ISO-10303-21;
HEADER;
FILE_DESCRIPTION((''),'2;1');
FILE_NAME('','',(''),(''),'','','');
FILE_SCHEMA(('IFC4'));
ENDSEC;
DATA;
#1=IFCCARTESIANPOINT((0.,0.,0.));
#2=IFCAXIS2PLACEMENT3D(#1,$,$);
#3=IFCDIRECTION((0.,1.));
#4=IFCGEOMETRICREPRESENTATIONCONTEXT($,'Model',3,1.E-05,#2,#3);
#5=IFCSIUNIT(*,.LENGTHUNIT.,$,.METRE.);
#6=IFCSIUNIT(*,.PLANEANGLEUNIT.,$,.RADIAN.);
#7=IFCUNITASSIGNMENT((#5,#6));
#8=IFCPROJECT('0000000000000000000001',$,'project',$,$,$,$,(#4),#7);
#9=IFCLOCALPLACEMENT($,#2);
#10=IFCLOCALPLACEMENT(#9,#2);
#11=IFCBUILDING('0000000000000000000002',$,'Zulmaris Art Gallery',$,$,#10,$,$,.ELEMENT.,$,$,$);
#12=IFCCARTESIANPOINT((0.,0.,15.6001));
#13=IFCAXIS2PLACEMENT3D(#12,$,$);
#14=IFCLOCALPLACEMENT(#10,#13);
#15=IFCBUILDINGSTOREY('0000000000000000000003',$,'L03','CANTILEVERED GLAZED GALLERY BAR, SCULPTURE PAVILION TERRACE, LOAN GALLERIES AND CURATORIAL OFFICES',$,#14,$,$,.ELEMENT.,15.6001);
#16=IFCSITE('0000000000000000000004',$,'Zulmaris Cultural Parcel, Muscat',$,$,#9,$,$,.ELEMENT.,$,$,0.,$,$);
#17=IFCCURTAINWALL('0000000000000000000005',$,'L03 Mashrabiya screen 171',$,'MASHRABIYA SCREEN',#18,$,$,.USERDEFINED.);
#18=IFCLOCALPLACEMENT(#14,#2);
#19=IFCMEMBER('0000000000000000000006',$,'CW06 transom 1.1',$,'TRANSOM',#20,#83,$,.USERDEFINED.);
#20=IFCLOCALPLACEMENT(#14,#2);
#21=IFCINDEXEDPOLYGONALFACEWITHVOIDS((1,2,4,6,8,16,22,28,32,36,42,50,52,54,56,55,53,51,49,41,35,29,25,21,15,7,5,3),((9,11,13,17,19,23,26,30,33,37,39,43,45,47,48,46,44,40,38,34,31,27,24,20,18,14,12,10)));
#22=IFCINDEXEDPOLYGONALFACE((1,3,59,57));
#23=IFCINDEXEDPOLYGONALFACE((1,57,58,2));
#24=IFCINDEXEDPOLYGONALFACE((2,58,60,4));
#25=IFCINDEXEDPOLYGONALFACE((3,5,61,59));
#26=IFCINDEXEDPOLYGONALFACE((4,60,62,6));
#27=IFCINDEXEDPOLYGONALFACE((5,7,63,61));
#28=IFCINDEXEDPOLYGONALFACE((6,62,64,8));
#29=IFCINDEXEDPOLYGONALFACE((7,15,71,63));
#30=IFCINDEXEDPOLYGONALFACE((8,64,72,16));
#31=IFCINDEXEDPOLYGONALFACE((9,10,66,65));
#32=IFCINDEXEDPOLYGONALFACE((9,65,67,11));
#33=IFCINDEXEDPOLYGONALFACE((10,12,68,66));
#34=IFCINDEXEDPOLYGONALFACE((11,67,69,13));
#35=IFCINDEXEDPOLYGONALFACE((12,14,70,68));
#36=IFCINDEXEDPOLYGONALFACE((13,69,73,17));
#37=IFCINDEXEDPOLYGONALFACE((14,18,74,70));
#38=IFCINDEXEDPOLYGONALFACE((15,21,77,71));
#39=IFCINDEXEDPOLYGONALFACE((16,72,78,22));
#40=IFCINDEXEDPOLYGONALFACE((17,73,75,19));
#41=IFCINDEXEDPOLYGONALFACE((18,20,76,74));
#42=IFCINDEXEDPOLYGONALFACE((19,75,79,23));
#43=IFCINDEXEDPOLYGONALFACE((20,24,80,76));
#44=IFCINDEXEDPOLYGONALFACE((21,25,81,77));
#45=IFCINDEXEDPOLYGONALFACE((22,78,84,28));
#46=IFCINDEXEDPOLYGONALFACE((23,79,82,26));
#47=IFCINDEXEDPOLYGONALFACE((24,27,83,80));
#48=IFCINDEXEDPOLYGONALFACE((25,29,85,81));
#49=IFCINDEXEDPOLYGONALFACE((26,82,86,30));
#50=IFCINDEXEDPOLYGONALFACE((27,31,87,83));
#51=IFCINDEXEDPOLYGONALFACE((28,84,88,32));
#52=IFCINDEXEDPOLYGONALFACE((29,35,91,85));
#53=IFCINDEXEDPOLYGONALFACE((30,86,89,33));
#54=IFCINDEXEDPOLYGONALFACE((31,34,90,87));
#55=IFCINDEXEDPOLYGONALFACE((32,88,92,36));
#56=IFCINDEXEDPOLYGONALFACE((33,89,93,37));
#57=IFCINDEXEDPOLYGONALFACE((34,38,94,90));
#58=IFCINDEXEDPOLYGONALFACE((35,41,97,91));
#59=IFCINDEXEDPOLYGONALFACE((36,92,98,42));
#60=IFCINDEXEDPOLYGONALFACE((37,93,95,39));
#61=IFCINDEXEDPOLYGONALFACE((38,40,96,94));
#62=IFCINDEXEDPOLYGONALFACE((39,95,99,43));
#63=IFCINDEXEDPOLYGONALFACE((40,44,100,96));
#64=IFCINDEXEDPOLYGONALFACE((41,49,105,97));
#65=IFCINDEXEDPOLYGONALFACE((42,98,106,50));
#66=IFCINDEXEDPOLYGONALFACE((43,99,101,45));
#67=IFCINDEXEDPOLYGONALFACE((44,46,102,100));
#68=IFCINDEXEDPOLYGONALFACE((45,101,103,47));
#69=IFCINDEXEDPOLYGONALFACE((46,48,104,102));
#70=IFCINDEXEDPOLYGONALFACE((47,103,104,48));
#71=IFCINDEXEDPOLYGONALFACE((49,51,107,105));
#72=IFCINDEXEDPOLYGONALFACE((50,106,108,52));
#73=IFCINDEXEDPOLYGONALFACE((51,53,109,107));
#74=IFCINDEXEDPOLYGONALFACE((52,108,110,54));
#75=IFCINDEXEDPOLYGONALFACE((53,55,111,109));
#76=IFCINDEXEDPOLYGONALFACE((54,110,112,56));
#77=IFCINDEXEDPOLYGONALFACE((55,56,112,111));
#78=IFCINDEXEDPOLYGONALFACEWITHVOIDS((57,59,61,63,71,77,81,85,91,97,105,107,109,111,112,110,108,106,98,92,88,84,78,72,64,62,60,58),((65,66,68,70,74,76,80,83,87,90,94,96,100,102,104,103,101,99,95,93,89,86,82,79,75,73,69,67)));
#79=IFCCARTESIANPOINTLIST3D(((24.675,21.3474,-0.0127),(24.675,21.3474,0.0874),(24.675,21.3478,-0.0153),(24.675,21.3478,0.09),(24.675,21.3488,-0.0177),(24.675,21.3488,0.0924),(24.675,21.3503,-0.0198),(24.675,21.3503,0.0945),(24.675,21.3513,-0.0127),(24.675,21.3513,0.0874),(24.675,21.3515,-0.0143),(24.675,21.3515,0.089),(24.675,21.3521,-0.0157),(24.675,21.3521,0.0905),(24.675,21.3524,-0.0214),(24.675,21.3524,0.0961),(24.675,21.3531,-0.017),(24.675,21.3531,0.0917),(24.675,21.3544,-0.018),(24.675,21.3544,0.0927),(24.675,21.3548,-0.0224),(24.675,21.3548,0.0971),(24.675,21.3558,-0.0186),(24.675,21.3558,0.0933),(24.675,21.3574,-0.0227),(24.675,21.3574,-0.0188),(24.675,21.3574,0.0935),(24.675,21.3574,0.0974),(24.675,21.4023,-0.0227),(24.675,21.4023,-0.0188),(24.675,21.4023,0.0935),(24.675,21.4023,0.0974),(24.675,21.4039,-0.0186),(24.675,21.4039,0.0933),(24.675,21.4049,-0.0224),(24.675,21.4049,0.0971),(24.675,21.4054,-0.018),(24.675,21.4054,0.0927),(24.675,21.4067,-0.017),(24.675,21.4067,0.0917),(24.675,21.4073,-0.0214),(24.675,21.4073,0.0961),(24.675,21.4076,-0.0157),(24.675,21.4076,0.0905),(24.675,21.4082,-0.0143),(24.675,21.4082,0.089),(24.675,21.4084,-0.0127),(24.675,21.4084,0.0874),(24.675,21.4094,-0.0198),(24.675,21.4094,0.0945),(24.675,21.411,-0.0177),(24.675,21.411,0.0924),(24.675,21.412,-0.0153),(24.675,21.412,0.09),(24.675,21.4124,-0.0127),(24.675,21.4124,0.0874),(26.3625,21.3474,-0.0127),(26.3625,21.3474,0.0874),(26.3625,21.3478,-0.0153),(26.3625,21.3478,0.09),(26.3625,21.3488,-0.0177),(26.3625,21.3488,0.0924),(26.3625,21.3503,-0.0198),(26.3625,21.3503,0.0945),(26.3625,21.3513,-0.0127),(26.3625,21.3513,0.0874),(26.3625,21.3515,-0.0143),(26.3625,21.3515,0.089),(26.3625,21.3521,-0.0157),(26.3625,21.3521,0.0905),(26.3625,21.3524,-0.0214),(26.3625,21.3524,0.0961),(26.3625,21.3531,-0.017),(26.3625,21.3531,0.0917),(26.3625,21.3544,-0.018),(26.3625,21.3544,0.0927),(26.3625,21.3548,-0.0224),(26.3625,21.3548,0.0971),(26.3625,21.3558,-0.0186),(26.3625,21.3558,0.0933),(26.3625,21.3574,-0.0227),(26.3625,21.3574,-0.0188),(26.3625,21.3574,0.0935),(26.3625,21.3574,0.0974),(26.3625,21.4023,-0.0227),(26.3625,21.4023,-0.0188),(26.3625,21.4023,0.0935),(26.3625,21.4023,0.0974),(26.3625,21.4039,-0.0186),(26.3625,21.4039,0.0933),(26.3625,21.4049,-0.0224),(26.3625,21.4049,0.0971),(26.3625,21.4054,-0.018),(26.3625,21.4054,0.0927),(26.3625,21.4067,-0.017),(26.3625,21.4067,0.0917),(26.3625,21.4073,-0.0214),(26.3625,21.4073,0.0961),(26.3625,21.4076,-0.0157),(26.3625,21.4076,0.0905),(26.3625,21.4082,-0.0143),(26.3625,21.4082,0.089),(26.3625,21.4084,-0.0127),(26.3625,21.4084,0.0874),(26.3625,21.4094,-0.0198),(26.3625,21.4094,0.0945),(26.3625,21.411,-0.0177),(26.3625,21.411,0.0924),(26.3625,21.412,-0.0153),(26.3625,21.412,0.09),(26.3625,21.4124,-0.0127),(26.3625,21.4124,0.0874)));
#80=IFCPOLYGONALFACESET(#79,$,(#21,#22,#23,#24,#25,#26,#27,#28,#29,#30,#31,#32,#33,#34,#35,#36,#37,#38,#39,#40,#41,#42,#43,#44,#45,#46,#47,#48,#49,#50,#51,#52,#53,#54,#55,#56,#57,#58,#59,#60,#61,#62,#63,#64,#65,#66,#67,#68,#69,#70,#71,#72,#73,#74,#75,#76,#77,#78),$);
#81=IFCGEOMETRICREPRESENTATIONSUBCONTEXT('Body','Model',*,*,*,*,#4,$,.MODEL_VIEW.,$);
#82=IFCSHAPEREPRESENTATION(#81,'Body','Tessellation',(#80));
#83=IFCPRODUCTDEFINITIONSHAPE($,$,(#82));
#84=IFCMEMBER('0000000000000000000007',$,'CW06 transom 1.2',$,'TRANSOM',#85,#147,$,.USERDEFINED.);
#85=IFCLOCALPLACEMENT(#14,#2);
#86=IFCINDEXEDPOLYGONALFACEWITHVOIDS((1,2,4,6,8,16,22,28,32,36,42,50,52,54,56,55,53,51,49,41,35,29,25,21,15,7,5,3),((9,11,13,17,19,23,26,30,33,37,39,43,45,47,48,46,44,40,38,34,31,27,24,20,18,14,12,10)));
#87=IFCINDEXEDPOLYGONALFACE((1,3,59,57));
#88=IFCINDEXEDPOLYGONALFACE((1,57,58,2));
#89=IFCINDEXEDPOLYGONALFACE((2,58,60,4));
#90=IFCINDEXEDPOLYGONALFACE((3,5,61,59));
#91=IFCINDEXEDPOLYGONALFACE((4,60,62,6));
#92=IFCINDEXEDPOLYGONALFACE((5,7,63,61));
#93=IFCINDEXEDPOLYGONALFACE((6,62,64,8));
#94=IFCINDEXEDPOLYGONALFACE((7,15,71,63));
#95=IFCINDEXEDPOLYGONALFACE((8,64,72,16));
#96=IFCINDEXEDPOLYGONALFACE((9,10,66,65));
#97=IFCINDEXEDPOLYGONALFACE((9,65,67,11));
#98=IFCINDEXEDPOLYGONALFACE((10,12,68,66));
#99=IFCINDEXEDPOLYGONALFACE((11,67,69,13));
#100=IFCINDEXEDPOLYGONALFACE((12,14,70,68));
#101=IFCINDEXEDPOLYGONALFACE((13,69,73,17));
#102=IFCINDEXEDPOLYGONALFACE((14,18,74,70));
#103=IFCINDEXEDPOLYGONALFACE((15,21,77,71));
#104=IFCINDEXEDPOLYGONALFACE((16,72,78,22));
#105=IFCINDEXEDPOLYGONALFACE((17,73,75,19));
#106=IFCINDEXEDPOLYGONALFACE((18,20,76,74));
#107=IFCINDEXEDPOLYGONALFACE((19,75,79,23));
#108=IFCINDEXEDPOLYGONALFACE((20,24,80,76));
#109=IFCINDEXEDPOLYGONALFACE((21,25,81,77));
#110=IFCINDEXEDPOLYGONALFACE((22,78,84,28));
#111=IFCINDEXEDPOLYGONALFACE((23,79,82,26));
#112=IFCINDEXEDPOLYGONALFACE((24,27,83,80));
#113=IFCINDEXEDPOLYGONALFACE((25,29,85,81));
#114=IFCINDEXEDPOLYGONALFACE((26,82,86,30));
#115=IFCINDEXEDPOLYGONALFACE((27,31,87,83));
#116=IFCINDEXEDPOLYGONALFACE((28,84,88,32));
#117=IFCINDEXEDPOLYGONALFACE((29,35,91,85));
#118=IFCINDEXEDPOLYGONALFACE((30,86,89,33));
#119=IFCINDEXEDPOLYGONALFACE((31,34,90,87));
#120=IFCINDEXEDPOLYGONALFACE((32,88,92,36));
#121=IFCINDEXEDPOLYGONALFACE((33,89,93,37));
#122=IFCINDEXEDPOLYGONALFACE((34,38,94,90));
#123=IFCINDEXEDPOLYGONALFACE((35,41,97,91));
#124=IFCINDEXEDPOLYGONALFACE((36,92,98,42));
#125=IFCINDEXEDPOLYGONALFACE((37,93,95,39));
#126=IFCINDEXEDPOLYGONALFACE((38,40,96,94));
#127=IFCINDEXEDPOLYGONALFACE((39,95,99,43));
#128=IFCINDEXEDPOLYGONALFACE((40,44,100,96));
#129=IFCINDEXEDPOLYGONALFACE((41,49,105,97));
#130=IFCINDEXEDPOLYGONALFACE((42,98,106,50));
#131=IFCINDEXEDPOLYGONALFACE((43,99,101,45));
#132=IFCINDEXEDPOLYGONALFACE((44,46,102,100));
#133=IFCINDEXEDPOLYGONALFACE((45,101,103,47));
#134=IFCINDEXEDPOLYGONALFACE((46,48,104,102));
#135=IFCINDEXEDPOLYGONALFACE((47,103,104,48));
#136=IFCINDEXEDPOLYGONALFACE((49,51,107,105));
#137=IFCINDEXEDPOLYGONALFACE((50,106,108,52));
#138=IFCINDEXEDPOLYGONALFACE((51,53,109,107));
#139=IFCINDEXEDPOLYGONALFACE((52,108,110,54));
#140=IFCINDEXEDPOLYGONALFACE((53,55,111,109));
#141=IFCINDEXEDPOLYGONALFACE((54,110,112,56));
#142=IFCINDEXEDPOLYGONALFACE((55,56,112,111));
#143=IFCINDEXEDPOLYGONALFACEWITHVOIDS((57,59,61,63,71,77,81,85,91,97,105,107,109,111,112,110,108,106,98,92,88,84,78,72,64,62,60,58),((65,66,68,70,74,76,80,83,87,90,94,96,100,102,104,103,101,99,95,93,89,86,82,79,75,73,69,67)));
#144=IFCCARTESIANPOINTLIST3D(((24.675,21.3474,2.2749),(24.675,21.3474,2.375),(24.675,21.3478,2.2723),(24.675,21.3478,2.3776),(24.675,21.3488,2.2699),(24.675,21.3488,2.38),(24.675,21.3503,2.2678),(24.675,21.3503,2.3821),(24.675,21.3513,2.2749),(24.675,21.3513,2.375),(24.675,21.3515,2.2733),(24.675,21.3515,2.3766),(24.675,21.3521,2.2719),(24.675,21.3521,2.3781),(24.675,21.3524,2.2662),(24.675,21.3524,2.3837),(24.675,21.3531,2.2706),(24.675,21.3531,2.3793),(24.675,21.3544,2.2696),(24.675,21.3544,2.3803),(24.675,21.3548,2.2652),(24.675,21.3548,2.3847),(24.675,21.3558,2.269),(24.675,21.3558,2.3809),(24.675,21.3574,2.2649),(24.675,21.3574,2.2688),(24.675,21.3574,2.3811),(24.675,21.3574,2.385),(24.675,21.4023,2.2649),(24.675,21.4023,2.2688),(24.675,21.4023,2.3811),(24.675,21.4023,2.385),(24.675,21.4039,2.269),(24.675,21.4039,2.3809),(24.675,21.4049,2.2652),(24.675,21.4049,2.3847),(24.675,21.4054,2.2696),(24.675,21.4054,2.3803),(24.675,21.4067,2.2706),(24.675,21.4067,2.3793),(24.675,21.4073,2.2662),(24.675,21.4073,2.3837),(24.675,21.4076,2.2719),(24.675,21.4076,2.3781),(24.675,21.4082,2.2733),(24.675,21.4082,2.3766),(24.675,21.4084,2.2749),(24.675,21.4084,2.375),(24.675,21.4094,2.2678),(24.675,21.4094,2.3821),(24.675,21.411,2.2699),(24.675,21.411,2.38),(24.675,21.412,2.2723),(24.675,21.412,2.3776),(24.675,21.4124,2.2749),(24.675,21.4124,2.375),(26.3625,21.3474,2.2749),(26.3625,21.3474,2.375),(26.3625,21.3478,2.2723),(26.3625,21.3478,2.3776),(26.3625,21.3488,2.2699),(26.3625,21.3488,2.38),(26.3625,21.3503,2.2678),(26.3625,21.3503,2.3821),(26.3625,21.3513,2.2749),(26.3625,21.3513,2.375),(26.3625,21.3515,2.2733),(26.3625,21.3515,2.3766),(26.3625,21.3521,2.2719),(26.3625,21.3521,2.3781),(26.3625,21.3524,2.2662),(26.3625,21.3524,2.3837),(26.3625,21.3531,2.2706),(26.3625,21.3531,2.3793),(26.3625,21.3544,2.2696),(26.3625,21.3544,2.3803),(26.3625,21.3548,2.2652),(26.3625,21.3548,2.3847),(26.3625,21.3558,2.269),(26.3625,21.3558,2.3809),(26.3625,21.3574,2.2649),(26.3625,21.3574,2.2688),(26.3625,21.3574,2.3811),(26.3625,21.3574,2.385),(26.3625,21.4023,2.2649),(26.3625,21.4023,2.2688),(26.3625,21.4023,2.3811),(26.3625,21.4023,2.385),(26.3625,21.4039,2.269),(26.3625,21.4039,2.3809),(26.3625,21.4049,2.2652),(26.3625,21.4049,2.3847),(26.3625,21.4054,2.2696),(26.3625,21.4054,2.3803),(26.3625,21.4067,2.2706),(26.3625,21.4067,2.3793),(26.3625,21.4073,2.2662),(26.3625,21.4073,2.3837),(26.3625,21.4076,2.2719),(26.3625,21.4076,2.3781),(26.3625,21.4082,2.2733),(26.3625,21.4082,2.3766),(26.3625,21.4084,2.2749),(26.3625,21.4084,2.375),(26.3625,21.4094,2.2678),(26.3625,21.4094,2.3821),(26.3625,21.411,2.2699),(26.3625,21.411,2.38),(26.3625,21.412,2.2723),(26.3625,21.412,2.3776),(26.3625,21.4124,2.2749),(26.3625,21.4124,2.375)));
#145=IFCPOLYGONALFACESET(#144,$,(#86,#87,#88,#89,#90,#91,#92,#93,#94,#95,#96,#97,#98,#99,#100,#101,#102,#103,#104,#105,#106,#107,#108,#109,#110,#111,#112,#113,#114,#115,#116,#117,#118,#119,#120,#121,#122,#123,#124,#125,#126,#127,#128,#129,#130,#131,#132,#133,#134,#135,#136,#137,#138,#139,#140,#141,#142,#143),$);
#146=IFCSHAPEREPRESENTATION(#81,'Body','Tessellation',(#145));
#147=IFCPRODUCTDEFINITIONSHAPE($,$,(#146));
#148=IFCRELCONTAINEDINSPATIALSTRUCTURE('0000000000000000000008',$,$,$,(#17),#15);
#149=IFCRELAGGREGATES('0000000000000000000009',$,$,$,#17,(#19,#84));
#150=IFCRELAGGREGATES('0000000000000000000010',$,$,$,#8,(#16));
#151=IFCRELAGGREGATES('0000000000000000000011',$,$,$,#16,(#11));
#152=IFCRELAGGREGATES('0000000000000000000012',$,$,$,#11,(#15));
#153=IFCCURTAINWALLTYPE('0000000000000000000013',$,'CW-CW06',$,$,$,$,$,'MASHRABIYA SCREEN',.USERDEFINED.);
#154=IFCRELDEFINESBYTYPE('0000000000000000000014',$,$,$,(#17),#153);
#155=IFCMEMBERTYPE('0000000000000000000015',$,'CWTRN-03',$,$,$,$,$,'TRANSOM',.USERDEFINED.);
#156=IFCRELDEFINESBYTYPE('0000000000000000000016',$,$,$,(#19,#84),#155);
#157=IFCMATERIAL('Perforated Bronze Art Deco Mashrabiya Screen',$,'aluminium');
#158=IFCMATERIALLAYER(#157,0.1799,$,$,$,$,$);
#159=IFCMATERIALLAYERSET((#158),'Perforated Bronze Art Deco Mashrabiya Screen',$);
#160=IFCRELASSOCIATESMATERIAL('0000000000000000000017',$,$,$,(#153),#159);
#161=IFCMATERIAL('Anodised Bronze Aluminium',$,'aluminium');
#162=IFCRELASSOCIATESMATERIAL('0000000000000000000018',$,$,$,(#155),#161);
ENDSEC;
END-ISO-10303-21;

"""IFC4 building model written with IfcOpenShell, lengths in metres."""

from ifc_helpers import new_model, si_unit, direction, frame, origin, origin_2d, place, context, subcontext, project, spatial, hollow_rectangle, extrude, material, layer, layer_set, material_profile, profile_set, type_object, element, aggregate, save


model = new_model("IFC4")

# Units and contexts
model_context = context("Model", 3, precision=1e-05, world=origin(), true_north=direction((0.0, 1.0)))
body_context = subcontext(model_context, "Body", "Model", "MODEL_VIEW")
ifc_project = project(units=[si_unit("LENGTHUNIT", "METRE"), si_unit("PLANEANGLEUNIT", "RADIAN")], contexts=[model_context])

# Site, building, storey
site_placement = place(None, origin())
site = spatial("IfcSite", under=ifc_project, at=site_placement, Name="Zulmaris Cultural Parcel, Muscat", CompositionType="ELEMENT", RefElevation=0.0)
building_placement = place(site_placement, origin())
building = spatial("IfcBuilding", under=site, at=building_placement, Name="Zulmaris Art Gallery", CompositionType="ELEMENT")
storey_placement = place(building_placement, frame((0.0, 0.0, 15.6001)))
storey = spatial("IfcBuildingStorey", under=building, at=storey_placement, Name="L03", Description="CANTILEVERED GLAZED GALLERY BAR, SCULPTURE PAVILION TERRACE, LOAN GALLERIES AND CURATORIAL OFFICES", CompositionType="ELEMENT", Elevation=15.6001)

# Shared definitions
ifc_material_1 = material(Name="Anodised Bronze Aluminium", Category="aluminium")

# Curtain wall
ifc_material_2 = material(Name="Perforated Bronze Art Deco Mashrabiya Screen", Category="aluminium")
ifc_layer_1 = layer(ifc_material_2, 0.1799)
ifc_layer_set_1 = layer_set([ifc_layer_1], Name="Perforated Bronze Art Deco Mashrabiya Screen")
curtain_wall_type_1 = type_object("IfcCurtainWallType", Name="CW-CW06", ElementType="MASHRABIYA SCREEN", PredefinedType="USERDEFINED", material=ifc_layer_set_1)
curtain_wall_1_placement = place(storey_placement, origin())
curtain_wall_1 = element("IfcCurtainWall", 1, at=curtain_wall_1_placement, inside=storey, type_object=curtain_wall_type_1, Name="L03 Mashrabiya screen 171", ObjectType="MASHRABIYA SCREEN", PredefinedType="USERDEFINED")

# Members
ifc_material_profile_1 = material_profile(ifc_material_1, hollow_rectangle(XDim=0.0649, YDim=0.1201, WallThickness=0.0039, InnerFilletRadius=0.0061, OuterFilletRadius=0.01, at=origin_2d()), Name="ALU 65x120x4")
ifc_profile_set_1 = profile_set([ifc_material_profile_1], Name="Anodised Bronze Aluminium")
member_type_1 = type_object("IfcMemberType", Name="CWTRN-03", ElementType="TRANSOM", PredefinedType="USERDEFINED", material=ifc_profile_set_1)
member_1_placement = place(storey_placement, frame((24.675, 21.3799, 0.0374), z_axis=(1.0, 0.0, 0.0), x_axis=(0.0, 1.0, 0.0)))
member_1 = element("IfcMember", 2, at=member_1_placement, type_object=member_type_1, Name="CW06 transom 1.1", ObjectType="TRANSOM", PredefinedType="USERDEFINED", context=body_context, shape_type="SweptSolid", body=[
    extrude(hollow_rectangle(XDim=0.0649, YDim=0.1201, WallThickness=0.0039, InnerFilletRadius=0.0061, OuterFilletRadius=0.01, at=origin_2d()), origin(), (0.0, 0.0, 1.0), 1.6875),
])
member_2_placement = place(storey_placement, frame((24.675, 21.3799, 2.325), z_axis=(1.0, 0.0, 0.0), x_axis=(0.0, 1.0, 0.0)))
member_2 = element("IfcMember", 3, at=member_2_placement, type_object=member_type_1, Name="CW06 transom 1.2", ObjectType="TRANSOM", PredefinedType="USERDEFINED", context=body_context, shape_type="SweptSolid", body=[
    extrude(hollow_rectangle(XDim=0.0649, YDim=0.1201, WallThickness=0.0039, InnerFilletRadius=0.0061, OuterFilletRadius=0.01, at=origin_2d()), origin(), (0.0, 0.0, 1.0), 1.6875),
])

aggregate(curtain_wall_1, [member_1, member_2])

save(model, "model.ifc")
